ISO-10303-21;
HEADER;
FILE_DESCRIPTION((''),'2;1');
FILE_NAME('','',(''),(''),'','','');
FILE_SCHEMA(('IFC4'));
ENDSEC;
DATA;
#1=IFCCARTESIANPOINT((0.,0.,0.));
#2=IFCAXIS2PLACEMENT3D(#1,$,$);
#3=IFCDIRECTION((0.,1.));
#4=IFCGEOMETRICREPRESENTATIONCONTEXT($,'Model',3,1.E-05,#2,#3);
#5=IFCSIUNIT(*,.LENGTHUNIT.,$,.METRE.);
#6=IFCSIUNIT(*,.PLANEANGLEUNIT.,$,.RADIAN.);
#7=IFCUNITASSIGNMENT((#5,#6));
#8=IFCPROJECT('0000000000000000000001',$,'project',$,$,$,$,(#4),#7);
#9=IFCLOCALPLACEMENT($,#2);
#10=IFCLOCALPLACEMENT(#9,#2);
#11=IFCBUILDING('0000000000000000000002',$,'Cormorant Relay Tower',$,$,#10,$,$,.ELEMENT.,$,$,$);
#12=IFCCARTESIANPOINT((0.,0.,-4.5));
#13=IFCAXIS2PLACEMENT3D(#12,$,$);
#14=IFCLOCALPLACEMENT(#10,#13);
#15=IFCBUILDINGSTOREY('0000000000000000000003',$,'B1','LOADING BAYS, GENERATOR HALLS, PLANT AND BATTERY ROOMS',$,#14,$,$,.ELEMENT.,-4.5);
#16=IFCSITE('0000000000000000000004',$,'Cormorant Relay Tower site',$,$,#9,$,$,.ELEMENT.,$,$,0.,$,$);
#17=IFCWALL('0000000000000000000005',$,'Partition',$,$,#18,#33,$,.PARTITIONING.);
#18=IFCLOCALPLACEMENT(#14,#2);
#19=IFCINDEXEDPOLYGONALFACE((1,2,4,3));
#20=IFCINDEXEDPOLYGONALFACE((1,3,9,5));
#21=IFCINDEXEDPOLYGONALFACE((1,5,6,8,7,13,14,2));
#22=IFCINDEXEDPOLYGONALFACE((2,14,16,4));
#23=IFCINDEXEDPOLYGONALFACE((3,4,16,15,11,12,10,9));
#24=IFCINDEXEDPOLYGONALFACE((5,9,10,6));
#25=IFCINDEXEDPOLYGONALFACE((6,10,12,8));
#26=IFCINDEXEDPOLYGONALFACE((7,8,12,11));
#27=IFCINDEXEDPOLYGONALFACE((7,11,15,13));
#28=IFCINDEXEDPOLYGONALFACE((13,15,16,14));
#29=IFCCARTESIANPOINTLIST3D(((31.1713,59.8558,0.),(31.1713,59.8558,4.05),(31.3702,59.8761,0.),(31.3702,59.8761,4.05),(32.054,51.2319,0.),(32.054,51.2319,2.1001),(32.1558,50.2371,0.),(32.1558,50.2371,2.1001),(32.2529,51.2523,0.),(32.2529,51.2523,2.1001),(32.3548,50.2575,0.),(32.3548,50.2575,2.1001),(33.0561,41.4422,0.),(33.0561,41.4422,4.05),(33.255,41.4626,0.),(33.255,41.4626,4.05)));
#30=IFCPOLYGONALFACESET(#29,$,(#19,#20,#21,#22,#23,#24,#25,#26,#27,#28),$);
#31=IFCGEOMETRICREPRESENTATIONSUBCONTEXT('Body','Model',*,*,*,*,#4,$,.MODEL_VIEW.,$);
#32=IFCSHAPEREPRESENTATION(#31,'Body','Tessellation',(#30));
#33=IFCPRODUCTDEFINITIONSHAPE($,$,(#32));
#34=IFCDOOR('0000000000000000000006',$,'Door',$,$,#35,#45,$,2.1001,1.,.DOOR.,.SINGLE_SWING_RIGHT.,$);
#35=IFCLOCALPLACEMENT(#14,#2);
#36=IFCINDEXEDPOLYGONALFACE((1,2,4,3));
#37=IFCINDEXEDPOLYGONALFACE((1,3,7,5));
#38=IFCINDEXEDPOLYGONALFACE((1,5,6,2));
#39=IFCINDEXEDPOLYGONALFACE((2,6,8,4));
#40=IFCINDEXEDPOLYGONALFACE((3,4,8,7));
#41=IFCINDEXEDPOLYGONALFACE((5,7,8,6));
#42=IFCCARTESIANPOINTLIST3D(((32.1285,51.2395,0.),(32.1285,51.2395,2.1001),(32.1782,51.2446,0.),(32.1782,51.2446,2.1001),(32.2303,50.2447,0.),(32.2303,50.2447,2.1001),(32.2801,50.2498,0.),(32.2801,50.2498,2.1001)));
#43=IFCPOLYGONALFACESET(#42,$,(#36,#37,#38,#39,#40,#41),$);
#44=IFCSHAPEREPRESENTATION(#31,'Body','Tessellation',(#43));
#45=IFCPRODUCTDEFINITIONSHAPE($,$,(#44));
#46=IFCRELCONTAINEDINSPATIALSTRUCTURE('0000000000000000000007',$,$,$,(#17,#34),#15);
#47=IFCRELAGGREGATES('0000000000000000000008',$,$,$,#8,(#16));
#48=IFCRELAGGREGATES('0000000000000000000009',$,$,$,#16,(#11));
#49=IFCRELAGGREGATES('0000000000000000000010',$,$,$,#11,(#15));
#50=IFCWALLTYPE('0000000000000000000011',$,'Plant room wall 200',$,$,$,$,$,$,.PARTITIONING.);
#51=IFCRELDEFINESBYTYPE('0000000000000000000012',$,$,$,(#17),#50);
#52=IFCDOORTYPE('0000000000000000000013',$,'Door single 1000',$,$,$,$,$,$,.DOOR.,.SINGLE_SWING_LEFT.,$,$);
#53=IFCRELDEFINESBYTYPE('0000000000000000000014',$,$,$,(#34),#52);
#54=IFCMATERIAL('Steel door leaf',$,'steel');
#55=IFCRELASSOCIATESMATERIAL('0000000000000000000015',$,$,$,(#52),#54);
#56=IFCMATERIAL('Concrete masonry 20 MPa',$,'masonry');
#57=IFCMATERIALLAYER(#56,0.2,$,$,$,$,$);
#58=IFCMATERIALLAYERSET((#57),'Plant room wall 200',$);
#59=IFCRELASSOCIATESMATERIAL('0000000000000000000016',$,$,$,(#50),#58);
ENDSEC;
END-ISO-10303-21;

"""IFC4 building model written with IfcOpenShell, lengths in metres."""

from ifc_helpers import new_model, si_unit, direction, frame, frame_2d, origin, place, context, subcontext, project, spatial, rectangle, extrude, material, layer, layer_set, type_object, element, fill, save


model = new_model("IFC4")

# Units and contexts
model_context = context("Model", 3, precision=1e-05, world=origin(), true_north=direction((0.0, 1.0)))
body_context = subcontext(model_context, "Body", "Model", "MODEL_VIEW")
ifc_project = project(units=[si_unit("LENGTHUNIT", "METRE"), si_unit("PLANEANGLEUNIT", "RADIAN")], contexts=[model_context])

# Site, building, storey
site_placement = place(None, origin())
site = spatial("IfcSite", under=ifc_project, at=site_placement, Name="Cormorant Relay Tower site", CompositionType="ELEMENT", RefElevation=0.0)
building_placement = place(site_placement, origin())
building = spatial("IfcBuilding", under=site, at=building_placement, Name="Cormorant Relay Tower", CompositionType="ELEMENT")
storey_placement = place(building_placement, frame((0.0, 0.0, -4.5)))
storey = spatial("IfcBuildingStorey", under=building, at=storey_placement, Name="B1", Description="LOADING BAYS, GENERATOR HALLS, PLANT AND BATTERY ROOMS", CompositionType="ELEMENT", Elevation=-4.5)

# Shared definitions
ifc_material_1 = material(Name="Steel door leaf", Category="steel")
door_type = type_object("IfcDoorType", Name="Door single 1000", OperationType="SINGLE_SWING_LEFT", PredefinedType="DOOR", material=ifc_material_1)

# Shared definitions
ifc_material_2 = material(Name="Concrete masonry 20 MPa", Category="masonry")
ifc_layer_1 = layer(ifc_material_2, 0.2)
ifc_layer_set_1 = layer_set([ifc_layer_1], Name="Plant room wall 200")
wall_type_1 = type_object("IfcWallType", Name="Plant room wall 200", PredefinedType="PARTITIONING", material=ifc_layer_set_1)

# Wall, opening, door
wall_1_placement = place(storey_placement, frame((31.2708, 59.866, 0.0), z_axis=(0.0, 0.0, 1.0), x_axis=(0.101825, -0.994802, 0.0)))
wall_1 = element("IfcWall", 1, at=wall_1_placement, inside=storey, type_object=wall_type_1, Name="Partition", PredefinedType="PARTITIONING", context=body_context, shape_type="SweptSolid", body=[
    extrude(rectangle(XDim=18.5098, YDim=0.2, at=frame_2d((9.2549, 0.0))), origin(), (0.0, 0.0, 1.0), 4.05),
])
opening_1_placement = place(wall_1_placement, frame((8.6689, 0.0, 0.0)))
opening_1 = element("IfcOpeningElement", 2, at=opening_1_placement, cuts=wall_1, PredefinedType="OPENING", context=body_context, shape_type="SweptSolid", body=[
    extrude(rectangle(XDim=1.0, YDim=2.1001, at=frame_2d((0.5, 1.05))), frame((0.0, 0.1099, 0.0), z_axis=(0.0, -1.0, 0.0), x_axis=(1.0, 0.0, 0.0)), (0.0, 0.0, 1.0), 0.22),
])
door_1_placement = place(opening_1_placement, origin())
door_1 = element("IfcDoor", 3, at=door_1_placement, inside=storey, type_object=door_type, Name="Door", OperationType="SINGLE_SWING_RIGHT", OverallHeight=2.1001, OverallWidth=1.0, PredefinedType="DOOR", context=body_context, shape_type="SweptSolid", body=[
    extrude(rectangle(XDim=1.0, YDim=2.1001, at=frame_2d((0.5, 1.05))), frame((0.0, 0.0249, 0.0), z_axis=(0.0, -1.0, 0.0), x_axis=(1.0, 0.0, 0.0)), (0.0, 0.0, 1.0), 0.05),
])
fill(opening_1, door_1)

save(model, "model.ifc")
